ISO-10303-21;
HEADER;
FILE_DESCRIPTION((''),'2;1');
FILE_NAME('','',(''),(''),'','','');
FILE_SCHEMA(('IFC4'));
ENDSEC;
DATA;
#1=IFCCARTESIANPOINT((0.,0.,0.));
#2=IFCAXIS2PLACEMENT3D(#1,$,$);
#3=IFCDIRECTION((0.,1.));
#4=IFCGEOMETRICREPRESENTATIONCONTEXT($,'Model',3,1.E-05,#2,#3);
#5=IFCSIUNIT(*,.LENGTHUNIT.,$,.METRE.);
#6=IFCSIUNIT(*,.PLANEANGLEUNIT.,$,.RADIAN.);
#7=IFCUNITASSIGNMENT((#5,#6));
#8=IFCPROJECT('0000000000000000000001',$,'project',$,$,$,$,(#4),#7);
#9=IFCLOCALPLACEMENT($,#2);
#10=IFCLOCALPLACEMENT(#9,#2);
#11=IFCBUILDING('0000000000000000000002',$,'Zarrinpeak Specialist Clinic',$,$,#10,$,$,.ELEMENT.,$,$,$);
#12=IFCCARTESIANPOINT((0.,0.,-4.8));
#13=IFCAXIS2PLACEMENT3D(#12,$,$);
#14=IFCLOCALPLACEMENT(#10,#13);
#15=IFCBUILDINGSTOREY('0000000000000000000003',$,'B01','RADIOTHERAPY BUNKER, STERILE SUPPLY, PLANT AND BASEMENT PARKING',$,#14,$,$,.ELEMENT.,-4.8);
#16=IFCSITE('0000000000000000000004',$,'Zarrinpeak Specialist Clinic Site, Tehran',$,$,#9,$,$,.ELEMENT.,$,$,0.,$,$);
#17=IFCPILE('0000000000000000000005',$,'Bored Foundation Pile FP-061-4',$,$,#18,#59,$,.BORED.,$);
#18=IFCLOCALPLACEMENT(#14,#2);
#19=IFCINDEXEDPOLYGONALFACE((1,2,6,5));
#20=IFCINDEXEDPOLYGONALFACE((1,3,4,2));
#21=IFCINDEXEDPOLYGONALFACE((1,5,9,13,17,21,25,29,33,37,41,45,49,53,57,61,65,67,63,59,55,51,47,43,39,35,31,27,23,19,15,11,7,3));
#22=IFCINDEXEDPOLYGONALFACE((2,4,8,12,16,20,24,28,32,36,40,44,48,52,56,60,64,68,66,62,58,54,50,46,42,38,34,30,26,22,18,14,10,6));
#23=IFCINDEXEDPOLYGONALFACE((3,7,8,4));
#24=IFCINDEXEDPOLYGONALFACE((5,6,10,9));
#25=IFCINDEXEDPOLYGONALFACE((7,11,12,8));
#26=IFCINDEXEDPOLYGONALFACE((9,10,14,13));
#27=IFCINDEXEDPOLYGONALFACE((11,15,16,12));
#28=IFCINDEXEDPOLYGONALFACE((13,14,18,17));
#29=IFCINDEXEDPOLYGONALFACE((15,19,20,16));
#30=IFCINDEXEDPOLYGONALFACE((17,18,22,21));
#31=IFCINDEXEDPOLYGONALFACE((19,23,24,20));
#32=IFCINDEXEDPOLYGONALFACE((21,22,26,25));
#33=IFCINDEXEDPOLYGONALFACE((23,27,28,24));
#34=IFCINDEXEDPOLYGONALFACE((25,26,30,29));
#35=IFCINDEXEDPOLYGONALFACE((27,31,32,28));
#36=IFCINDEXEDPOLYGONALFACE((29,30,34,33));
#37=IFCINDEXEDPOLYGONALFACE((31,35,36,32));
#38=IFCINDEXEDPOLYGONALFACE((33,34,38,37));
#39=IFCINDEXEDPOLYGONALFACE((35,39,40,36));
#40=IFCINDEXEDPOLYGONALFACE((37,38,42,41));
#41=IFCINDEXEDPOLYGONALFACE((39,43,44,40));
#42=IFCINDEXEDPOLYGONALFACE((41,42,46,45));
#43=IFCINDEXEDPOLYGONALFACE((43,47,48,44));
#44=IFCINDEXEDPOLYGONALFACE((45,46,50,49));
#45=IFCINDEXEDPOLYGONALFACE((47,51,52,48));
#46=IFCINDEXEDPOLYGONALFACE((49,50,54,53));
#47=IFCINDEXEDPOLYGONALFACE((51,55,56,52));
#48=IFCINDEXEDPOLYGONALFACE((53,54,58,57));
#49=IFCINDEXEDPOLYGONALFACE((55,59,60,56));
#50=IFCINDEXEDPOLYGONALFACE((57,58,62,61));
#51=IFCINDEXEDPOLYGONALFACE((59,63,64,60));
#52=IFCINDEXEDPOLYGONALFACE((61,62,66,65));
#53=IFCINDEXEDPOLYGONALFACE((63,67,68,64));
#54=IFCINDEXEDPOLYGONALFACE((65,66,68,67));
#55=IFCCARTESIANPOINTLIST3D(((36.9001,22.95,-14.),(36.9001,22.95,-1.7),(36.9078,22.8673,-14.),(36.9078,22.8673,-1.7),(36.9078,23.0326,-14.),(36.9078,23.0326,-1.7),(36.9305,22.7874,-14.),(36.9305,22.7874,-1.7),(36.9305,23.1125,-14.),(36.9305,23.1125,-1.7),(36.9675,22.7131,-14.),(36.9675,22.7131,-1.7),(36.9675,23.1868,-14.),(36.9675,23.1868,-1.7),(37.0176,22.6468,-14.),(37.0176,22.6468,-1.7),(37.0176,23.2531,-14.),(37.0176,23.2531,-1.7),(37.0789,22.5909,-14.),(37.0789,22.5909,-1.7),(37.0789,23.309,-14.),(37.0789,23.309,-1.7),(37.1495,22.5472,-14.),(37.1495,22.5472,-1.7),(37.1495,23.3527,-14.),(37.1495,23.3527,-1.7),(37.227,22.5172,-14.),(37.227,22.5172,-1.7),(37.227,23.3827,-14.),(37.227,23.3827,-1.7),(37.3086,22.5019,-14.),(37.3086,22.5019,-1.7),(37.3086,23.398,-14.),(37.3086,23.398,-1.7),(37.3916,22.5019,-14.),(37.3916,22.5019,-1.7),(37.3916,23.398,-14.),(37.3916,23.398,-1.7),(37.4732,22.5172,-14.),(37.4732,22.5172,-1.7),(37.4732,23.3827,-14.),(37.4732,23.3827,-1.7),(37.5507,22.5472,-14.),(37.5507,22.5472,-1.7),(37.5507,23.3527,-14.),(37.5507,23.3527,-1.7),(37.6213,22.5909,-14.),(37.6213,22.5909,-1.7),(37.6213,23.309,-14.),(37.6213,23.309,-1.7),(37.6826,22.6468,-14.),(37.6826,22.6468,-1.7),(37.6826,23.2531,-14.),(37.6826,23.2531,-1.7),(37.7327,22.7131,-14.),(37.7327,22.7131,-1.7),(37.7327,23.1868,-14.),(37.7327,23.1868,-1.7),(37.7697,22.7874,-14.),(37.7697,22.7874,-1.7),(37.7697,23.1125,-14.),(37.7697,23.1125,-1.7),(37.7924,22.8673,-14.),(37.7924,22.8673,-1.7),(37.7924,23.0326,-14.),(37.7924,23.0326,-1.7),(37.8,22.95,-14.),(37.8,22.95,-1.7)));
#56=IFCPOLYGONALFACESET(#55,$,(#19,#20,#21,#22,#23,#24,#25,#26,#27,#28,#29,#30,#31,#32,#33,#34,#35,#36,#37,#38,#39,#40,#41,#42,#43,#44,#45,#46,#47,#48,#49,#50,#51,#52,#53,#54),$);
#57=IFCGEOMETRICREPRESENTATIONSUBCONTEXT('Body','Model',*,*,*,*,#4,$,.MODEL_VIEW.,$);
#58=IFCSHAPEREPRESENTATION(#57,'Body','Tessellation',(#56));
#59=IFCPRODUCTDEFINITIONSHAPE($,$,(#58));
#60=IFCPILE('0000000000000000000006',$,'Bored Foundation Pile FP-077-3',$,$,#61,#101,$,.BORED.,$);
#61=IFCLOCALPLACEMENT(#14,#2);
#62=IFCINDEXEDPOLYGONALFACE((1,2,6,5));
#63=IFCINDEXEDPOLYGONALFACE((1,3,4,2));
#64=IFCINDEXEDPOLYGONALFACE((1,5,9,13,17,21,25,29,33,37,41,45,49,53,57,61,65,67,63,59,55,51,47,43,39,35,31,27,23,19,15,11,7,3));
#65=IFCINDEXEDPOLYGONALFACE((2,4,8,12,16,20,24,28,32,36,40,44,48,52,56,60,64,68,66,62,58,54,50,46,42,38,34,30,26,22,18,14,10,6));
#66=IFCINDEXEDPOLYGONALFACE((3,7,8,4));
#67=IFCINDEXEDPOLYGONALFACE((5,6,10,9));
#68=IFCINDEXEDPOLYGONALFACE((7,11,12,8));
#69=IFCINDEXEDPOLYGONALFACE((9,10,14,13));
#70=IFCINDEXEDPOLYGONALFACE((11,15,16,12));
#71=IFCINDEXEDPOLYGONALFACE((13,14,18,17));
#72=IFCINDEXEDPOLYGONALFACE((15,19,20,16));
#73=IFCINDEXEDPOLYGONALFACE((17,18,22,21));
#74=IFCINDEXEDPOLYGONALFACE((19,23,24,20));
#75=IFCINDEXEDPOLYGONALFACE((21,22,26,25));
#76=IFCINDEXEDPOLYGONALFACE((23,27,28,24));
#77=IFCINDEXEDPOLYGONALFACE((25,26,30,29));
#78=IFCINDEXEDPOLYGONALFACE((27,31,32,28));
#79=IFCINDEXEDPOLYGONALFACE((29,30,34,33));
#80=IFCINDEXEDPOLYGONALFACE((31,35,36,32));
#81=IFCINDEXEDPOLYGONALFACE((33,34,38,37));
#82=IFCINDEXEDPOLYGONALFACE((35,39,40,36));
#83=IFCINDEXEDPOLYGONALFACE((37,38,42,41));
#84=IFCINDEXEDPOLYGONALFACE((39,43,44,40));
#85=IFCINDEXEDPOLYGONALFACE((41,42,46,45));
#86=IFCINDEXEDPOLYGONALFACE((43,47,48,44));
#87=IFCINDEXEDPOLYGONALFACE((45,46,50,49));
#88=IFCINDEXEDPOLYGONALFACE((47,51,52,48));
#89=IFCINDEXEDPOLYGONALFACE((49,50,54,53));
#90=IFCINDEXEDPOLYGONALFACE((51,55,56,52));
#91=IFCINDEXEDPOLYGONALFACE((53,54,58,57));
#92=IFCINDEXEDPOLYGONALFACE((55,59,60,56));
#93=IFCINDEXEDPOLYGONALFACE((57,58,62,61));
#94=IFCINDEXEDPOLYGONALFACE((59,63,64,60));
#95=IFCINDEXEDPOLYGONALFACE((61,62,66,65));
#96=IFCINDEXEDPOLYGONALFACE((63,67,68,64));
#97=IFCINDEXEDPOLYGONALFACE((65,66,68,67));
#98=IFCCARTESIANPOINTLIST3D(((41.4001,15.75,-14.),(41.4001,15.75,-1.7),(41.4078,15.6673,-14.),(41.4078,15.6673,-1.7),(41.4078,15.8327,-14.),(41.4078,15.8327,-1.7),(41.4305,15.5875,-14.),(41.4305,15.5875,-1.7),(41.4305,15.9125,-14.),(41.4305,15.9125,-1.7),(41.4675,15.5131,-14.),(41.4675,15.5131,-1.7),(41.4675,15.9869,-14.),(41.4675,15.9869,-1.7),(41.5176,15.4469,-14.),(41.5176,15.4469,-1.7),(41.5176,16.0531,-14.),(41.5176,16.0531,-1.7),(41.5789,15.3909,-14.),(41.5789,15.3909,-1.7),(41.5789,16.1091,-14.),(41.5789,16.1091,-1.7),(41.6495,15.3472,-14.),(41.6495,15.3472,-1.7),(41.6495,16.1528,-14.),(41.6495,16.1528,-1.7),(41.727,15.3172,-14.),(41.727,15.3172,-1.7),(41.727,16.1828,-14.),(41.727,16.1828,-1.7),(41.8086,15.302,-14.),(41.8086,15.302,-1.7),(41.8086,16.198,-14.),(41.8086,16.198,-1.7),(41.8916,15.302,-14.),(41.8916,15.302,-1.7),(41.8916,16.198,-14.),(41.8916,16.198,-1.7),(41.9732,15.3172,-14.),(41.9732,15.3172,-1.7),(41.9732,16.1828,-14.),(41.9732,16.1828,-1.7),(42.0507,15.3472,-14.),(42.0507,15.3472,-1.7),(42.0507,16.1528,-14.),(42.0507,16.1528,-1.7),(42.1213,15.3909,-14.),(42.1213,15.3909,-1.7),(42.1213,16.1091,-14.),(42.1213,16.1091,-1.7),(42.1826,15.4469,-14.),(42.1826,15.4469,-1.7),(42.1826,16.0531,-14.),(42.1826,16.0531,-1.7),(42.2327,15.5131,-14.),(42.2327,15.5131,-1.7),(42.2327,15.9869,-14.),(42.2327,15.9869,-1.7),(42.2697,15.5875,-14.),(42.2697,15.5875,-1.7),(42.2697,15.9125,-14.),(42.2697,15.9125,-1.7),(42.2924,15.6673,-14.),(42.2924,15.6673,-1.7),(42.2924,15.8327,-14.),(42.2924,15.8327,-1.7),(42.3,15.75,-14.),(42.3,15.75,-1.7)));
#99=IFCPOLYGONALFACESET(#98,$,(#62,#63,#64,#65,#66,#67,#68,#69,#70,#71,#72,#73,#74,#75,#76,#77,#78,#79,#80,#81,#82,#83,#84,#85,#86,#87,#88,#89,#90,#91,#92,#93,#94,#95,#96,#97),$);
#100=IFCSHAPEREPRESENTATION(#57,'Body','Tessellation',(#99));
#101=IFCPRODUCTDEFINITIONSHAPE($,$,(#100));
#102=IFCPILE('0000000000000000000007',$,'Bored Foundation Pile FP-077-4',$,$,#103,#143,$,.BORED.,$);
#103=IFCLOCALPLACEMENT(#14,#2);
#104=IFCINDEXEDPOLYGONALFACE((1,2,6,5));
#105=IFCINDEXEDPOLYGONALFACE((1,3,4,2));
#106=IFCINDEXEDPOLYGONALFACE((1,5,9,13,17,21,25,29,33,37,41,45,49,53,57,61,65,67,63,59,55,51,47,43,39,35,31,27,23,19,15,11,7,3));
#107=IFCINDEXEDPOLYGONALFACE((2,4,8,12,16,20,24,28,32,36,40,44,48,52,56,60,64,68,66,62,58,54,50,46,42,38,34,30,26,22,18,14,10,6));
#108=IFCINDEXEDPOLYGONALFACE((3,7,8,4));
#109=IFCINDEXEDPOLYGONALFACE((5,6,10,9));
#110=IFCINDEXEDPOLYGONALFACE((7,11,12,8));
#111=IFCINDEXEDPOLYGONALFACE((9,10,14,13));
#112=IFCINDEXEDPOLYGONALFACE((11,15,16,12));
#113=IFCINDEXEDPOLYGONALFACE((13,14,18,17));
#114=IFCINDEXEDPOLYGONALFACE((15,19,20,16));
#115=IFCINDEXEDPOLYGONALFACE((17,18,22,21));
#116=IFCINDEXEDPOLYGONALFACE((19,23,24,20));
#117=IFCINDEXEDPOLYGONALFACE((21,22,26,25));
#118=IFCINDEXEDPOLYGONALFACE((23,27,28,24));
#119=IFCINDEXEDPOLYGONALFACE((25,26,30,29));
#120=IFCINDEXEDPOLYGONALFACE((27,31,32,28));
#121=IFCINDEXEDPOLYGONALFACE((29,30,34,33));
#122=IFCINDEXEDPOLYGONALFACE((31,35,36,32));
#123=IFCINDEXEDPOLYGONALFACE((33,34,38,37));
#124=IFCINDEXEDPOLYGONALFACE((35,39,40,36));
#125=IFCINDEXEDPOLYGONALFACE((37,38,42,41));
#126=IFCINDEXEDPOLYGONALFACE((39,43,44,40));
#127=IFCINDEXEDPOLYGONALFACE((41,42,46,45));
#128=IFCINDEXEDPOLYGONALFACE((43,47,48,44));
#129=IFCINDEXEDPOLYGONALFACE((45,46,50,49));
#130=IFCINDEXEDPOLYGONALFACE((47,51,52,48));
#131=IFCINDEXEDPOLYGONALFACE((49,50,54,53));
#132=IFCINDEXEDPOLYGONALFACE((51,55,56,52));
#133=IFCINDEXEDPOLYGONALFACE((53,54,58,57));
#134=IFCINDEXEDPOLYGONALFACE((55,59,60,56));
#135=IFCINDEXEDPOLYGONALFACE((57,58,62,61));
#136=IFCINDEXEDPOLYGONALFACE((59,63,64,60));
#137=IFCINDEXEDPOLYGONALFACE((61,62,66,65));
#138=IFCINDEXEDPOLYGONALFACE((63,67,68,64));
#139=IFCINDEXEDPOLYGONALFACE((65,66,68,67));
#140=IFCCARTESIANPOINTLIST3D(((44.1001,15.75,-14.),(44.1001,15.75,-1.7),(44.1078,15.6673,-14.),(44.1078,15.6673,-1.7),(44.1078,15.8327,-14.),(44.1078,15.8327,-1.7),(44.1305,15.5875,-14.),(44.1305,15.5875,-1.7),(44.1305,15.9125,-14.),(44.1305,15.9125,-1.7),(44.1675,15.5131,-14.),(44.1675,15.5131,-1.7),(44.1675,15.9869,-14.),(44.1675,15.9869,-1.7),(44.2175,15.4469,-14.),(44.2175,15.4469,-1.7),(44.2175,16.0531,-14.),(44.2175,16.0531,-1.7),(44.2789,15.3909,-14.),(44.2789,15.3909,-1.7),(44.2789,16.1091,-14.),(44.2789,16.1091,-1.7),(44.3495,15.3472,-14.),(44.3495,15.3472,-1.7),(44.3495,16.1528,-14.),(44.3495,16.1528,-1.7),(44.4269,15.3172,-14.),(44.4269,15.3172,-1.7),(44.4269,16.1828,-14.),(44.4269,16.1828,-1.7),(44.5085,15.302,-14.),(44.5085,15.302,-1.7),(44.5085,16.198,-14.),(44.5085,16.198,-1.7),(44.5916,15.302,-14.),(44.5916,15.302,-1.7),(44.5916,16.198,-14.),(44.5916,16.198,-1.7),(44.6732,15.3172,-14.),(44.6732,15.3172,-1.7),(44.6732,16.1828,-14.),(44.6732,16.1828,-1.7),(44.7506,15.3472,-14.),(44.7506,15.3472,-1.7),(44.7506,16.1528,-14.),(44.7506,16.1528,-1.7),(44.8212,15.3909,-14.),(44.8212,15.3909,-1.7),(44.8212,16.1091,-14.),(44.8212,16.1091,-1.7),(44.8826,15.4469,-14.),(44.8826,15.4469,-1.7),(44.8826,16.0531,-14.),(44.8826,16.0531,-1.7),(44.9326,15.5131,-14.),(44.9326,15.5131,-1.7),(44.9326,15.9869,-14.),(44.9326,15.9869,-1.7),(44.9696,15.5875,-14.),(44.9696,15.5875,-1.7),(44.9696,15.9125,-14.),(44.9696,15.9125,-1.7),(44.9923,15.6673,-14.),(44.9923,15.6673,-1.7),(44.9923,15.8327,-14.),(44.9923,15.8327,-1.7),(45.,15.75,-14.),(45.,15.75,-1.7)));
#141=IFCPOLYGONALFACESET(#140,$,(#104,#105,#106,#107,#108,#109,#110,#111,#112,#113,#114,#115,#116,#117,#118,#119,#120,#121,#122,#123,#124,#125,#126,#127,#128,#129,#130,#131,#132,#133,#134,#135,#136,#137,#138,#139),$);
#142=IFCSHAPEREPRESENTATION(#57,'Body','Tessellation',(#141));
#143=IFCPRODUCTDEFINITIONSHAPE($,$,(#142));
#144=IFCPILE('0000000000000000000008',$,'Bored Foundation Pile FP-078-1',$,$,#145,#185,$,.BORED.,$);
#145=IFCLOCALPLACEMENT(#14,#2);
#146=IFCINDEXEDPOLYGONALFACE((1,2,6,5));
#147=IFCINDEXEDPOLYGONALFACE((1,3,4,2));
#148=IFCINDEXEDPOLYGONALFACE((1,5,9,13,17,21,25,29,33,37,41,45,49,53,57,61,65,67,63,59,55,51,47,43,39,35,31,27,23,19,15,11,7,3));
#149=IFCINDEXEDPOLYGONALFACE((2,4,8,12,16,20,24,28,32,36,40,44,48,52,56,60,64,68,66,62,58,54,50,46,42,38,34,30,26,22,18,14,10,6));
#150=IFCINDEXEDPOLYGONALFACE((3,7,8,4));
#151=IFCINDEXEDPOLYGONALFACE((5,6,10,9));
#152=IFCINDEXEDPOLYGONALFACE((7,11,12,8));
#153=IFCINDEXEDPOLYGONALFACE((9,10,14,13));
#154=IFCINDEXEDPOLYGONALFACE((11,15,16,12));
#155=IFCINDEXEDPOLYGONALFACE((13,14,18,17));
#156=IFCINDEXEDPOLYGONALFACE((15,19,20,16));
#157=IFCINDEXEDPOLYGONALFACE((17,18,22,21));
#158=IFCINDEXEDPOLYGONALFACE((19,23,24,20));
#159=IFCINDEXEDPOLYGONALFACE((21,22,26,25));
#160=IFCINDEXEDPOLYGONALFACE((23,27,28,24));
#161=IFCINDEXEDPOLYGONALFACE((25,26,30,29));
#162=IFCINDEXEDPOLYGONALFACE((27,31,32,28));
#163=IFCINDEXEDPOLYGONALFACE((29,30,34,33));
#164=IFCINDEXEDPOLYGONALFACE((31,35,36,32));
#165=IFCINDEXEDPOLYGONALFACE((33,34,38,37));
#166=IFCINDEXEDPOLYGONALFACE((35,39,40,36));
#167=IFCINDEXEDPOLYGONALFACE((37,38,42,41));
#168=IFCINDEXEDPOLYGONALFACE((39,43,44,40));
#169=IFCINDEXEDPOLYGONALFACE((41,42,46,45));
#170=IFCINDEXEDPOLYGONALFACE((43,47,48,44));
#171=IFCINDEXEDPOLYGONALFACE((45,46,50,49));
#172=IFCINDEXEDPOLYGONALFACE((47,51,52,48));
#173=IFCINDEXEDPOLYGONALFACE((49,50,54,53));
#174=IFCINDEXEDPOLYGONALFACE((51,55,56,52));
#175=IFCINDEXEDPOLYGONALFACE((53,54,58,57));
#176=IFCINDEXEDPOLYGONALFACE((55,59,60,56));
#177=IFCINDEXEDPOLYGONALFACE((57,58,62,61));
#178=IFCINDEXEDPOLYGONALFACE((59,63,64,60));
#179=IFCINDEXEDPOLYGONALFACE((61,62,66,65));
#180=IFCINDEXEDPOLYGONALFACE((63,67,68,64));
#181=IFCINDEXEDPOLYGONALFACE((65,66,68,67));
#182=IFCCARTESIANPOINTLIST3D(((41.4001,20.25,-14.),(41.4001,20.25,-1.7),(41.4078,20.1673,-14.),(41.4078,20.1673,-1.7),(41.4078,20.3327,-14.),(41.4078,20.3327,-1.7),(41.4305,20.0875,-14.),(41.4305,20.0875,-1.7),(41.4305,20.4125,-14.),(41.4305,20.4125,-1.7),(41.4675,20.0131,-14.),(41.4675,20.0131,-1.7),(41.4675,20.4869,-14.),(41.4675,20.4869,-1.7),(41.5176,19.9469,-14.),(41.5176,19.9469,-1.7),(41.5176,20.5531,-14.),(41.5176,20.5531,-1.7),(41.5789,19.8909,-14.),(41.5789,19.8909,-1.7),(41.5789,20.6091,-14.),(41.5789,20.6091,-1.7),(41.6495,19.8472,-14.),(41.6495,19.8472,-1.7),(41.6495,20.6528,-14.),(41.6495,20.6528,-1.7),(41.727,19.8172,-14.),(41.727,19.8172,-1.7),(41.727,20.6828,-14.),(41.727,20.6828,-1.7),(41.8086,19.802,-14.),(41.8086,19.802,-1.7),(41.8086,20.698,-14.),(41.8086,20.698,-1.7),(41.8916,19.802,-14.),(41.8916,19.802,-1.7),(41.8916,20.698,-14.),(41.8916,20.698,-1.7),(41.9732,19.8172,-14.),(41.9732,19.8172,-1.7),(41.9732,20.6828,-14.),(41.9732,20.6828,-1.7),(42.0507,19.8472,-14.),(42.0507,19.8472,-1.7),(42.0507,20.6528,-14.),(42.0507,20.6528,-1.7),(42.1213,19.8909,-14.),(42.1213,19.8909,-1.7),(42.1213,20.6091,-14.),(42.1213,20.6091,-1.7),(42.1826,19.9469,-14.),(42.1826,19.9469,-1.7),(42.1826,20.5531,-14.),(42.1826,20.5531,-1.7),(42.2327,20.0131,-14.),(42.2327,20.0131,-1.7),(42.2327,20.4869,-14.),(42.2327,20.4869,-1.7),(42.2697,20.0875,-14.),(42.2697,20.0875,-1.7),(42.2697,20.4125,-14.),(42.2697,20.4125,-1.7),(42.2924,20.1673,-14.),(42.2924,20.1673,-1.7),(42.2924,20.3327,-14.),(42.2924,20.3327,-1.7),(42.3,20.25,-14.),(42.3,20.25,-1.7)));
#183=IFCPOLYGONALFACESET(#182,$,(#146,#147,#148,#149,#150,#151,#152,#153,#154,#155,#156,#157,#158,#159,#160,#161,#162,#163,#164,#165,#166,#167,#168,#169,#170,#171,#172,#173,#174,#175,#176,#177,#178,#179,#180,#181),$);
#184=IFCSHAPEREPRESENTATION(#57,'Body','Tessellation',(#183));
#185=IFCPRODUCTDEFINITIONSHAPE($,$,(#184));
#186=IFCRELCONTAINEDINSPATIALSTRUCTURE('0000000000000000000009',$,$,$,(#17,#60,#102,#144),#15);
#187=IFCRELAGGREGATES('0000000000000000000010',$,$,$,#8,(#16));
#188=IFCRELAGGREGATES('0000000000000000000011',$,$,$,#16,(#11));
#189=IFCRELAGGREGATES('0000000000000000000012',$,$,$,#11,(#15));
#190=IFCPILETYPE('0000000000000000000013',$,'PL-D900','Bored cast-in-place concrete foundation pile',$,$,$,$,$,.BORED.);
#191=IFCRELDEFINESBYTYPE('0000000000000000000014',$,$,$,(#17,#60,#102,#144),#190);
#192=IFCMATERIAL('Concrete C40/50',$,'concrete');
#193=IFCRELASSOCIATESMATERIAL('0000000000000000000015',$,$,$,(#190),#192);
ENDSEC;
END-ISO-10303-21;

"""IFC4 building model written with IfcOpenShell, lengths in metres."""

from ifc_helpers import new_model, si_unit, direction, frame, origin, origin_2d, place, context, subcontext, project, spatial, circle, extrude, material, material_profile, profile_set, type_object, element, save


model = new_model("IFC4")

# Units and contexts
model_context = context("Model", 3, precision=1e-05, world=origin(), true_north=direction((0.0, 1.0)))
body_context = subcontext(model_context, "Body", "Model", "MODEL_VIEW")
ifc_project = project(units=[si_unit("LENGTHUNIT", "METRE"), si_unit("PLANEANGLEUNIT", "RADIAN")], contexts=[model_context])

# Site, building, storey
site_placement = place(None, origin())
site = spatial("IfcSite", under=ifc_project, at=site_placement, Name="Zarrinpeak Specialist Clinic Site, Tehran", CompositionType="ELEMENT", RefElevation=0.0)
building_placement = place(site_placement, origin())
building = spatial("IfcBuilding", under=site, at=building_placement, Name="Zarrinpeak Specialist Clinic", CompositionType="ELEMENT")
storey_placement = place(building_placement, frame((0.0, 0.0, -4.8)))
storey = spatial("IfcBuildingStorey", under=building, at=storey_placement, Name="B01", Description="RADIOTHERAPY BUNKER, STERILE SUPPLY, PLANT AND BASEMENT PARKING", CompositionType="ELEMENT", Elevation=-4.8)

# Shared definitions
ifc_material_1 = material(Name="Concrete C40/50", Category="concrete")

# Piles
ifc_material_profile_1 = material_profile(ifc_material_1, circle(Radius=0.45, at=origin_2d()), Name="BORED PILE D900")
ifc_profile_set_1 = profile_set([ifc_material_profile_1], Name="Concrete C40/50")
pile_type = type_object("IfcPileType", Name="PL-D900", Description="Bored cast-in-place concrete foundation pile", PredefinedType="BORED", material=ifc_profile_set_1)
for number, where, z_axis, x_axis, name in (
    (1, (37.3501, 22.95, -1.7), (0.0, 0.0, -1.0), (1.0, 0.0, 0.0), "Bored Foundation Pile FP-061-4"),
    (2, (41.8501, 15.75, -1.7), (0.0, 0.0, -1.0), (1.0, 0.0, 0.0), "Bored Foundation Pile FP-077-3"),
    (3, (44.55, 15.75, -1.7), (0.0, 0.0, -1.0), (1.0, 0.0, 0.0), "Bored Foundation Pile FP-077-4"),
    (4, (41.8501, 20.25, -1.7), (0.0, 0.0, -1.0), (1.0, 0.0, 0.0), "Bored Foundation Pile FP-078-1"),
):
    element("IfcPile", number, at=place(storey_placement, frame(where, z_axis=z_axis, x_axis=x_axis)), inside=storey, type_object=pile_type, Name=name, PredefinedType="BORED", context=body_context, shape_type="SweptSolid", body=[
        extrude(circle(Radius=0.45, at=origin_2d()), origin(), (0.0, 0.0, 1.0), 12.3),
    ])

save(model, "model.ifc")
